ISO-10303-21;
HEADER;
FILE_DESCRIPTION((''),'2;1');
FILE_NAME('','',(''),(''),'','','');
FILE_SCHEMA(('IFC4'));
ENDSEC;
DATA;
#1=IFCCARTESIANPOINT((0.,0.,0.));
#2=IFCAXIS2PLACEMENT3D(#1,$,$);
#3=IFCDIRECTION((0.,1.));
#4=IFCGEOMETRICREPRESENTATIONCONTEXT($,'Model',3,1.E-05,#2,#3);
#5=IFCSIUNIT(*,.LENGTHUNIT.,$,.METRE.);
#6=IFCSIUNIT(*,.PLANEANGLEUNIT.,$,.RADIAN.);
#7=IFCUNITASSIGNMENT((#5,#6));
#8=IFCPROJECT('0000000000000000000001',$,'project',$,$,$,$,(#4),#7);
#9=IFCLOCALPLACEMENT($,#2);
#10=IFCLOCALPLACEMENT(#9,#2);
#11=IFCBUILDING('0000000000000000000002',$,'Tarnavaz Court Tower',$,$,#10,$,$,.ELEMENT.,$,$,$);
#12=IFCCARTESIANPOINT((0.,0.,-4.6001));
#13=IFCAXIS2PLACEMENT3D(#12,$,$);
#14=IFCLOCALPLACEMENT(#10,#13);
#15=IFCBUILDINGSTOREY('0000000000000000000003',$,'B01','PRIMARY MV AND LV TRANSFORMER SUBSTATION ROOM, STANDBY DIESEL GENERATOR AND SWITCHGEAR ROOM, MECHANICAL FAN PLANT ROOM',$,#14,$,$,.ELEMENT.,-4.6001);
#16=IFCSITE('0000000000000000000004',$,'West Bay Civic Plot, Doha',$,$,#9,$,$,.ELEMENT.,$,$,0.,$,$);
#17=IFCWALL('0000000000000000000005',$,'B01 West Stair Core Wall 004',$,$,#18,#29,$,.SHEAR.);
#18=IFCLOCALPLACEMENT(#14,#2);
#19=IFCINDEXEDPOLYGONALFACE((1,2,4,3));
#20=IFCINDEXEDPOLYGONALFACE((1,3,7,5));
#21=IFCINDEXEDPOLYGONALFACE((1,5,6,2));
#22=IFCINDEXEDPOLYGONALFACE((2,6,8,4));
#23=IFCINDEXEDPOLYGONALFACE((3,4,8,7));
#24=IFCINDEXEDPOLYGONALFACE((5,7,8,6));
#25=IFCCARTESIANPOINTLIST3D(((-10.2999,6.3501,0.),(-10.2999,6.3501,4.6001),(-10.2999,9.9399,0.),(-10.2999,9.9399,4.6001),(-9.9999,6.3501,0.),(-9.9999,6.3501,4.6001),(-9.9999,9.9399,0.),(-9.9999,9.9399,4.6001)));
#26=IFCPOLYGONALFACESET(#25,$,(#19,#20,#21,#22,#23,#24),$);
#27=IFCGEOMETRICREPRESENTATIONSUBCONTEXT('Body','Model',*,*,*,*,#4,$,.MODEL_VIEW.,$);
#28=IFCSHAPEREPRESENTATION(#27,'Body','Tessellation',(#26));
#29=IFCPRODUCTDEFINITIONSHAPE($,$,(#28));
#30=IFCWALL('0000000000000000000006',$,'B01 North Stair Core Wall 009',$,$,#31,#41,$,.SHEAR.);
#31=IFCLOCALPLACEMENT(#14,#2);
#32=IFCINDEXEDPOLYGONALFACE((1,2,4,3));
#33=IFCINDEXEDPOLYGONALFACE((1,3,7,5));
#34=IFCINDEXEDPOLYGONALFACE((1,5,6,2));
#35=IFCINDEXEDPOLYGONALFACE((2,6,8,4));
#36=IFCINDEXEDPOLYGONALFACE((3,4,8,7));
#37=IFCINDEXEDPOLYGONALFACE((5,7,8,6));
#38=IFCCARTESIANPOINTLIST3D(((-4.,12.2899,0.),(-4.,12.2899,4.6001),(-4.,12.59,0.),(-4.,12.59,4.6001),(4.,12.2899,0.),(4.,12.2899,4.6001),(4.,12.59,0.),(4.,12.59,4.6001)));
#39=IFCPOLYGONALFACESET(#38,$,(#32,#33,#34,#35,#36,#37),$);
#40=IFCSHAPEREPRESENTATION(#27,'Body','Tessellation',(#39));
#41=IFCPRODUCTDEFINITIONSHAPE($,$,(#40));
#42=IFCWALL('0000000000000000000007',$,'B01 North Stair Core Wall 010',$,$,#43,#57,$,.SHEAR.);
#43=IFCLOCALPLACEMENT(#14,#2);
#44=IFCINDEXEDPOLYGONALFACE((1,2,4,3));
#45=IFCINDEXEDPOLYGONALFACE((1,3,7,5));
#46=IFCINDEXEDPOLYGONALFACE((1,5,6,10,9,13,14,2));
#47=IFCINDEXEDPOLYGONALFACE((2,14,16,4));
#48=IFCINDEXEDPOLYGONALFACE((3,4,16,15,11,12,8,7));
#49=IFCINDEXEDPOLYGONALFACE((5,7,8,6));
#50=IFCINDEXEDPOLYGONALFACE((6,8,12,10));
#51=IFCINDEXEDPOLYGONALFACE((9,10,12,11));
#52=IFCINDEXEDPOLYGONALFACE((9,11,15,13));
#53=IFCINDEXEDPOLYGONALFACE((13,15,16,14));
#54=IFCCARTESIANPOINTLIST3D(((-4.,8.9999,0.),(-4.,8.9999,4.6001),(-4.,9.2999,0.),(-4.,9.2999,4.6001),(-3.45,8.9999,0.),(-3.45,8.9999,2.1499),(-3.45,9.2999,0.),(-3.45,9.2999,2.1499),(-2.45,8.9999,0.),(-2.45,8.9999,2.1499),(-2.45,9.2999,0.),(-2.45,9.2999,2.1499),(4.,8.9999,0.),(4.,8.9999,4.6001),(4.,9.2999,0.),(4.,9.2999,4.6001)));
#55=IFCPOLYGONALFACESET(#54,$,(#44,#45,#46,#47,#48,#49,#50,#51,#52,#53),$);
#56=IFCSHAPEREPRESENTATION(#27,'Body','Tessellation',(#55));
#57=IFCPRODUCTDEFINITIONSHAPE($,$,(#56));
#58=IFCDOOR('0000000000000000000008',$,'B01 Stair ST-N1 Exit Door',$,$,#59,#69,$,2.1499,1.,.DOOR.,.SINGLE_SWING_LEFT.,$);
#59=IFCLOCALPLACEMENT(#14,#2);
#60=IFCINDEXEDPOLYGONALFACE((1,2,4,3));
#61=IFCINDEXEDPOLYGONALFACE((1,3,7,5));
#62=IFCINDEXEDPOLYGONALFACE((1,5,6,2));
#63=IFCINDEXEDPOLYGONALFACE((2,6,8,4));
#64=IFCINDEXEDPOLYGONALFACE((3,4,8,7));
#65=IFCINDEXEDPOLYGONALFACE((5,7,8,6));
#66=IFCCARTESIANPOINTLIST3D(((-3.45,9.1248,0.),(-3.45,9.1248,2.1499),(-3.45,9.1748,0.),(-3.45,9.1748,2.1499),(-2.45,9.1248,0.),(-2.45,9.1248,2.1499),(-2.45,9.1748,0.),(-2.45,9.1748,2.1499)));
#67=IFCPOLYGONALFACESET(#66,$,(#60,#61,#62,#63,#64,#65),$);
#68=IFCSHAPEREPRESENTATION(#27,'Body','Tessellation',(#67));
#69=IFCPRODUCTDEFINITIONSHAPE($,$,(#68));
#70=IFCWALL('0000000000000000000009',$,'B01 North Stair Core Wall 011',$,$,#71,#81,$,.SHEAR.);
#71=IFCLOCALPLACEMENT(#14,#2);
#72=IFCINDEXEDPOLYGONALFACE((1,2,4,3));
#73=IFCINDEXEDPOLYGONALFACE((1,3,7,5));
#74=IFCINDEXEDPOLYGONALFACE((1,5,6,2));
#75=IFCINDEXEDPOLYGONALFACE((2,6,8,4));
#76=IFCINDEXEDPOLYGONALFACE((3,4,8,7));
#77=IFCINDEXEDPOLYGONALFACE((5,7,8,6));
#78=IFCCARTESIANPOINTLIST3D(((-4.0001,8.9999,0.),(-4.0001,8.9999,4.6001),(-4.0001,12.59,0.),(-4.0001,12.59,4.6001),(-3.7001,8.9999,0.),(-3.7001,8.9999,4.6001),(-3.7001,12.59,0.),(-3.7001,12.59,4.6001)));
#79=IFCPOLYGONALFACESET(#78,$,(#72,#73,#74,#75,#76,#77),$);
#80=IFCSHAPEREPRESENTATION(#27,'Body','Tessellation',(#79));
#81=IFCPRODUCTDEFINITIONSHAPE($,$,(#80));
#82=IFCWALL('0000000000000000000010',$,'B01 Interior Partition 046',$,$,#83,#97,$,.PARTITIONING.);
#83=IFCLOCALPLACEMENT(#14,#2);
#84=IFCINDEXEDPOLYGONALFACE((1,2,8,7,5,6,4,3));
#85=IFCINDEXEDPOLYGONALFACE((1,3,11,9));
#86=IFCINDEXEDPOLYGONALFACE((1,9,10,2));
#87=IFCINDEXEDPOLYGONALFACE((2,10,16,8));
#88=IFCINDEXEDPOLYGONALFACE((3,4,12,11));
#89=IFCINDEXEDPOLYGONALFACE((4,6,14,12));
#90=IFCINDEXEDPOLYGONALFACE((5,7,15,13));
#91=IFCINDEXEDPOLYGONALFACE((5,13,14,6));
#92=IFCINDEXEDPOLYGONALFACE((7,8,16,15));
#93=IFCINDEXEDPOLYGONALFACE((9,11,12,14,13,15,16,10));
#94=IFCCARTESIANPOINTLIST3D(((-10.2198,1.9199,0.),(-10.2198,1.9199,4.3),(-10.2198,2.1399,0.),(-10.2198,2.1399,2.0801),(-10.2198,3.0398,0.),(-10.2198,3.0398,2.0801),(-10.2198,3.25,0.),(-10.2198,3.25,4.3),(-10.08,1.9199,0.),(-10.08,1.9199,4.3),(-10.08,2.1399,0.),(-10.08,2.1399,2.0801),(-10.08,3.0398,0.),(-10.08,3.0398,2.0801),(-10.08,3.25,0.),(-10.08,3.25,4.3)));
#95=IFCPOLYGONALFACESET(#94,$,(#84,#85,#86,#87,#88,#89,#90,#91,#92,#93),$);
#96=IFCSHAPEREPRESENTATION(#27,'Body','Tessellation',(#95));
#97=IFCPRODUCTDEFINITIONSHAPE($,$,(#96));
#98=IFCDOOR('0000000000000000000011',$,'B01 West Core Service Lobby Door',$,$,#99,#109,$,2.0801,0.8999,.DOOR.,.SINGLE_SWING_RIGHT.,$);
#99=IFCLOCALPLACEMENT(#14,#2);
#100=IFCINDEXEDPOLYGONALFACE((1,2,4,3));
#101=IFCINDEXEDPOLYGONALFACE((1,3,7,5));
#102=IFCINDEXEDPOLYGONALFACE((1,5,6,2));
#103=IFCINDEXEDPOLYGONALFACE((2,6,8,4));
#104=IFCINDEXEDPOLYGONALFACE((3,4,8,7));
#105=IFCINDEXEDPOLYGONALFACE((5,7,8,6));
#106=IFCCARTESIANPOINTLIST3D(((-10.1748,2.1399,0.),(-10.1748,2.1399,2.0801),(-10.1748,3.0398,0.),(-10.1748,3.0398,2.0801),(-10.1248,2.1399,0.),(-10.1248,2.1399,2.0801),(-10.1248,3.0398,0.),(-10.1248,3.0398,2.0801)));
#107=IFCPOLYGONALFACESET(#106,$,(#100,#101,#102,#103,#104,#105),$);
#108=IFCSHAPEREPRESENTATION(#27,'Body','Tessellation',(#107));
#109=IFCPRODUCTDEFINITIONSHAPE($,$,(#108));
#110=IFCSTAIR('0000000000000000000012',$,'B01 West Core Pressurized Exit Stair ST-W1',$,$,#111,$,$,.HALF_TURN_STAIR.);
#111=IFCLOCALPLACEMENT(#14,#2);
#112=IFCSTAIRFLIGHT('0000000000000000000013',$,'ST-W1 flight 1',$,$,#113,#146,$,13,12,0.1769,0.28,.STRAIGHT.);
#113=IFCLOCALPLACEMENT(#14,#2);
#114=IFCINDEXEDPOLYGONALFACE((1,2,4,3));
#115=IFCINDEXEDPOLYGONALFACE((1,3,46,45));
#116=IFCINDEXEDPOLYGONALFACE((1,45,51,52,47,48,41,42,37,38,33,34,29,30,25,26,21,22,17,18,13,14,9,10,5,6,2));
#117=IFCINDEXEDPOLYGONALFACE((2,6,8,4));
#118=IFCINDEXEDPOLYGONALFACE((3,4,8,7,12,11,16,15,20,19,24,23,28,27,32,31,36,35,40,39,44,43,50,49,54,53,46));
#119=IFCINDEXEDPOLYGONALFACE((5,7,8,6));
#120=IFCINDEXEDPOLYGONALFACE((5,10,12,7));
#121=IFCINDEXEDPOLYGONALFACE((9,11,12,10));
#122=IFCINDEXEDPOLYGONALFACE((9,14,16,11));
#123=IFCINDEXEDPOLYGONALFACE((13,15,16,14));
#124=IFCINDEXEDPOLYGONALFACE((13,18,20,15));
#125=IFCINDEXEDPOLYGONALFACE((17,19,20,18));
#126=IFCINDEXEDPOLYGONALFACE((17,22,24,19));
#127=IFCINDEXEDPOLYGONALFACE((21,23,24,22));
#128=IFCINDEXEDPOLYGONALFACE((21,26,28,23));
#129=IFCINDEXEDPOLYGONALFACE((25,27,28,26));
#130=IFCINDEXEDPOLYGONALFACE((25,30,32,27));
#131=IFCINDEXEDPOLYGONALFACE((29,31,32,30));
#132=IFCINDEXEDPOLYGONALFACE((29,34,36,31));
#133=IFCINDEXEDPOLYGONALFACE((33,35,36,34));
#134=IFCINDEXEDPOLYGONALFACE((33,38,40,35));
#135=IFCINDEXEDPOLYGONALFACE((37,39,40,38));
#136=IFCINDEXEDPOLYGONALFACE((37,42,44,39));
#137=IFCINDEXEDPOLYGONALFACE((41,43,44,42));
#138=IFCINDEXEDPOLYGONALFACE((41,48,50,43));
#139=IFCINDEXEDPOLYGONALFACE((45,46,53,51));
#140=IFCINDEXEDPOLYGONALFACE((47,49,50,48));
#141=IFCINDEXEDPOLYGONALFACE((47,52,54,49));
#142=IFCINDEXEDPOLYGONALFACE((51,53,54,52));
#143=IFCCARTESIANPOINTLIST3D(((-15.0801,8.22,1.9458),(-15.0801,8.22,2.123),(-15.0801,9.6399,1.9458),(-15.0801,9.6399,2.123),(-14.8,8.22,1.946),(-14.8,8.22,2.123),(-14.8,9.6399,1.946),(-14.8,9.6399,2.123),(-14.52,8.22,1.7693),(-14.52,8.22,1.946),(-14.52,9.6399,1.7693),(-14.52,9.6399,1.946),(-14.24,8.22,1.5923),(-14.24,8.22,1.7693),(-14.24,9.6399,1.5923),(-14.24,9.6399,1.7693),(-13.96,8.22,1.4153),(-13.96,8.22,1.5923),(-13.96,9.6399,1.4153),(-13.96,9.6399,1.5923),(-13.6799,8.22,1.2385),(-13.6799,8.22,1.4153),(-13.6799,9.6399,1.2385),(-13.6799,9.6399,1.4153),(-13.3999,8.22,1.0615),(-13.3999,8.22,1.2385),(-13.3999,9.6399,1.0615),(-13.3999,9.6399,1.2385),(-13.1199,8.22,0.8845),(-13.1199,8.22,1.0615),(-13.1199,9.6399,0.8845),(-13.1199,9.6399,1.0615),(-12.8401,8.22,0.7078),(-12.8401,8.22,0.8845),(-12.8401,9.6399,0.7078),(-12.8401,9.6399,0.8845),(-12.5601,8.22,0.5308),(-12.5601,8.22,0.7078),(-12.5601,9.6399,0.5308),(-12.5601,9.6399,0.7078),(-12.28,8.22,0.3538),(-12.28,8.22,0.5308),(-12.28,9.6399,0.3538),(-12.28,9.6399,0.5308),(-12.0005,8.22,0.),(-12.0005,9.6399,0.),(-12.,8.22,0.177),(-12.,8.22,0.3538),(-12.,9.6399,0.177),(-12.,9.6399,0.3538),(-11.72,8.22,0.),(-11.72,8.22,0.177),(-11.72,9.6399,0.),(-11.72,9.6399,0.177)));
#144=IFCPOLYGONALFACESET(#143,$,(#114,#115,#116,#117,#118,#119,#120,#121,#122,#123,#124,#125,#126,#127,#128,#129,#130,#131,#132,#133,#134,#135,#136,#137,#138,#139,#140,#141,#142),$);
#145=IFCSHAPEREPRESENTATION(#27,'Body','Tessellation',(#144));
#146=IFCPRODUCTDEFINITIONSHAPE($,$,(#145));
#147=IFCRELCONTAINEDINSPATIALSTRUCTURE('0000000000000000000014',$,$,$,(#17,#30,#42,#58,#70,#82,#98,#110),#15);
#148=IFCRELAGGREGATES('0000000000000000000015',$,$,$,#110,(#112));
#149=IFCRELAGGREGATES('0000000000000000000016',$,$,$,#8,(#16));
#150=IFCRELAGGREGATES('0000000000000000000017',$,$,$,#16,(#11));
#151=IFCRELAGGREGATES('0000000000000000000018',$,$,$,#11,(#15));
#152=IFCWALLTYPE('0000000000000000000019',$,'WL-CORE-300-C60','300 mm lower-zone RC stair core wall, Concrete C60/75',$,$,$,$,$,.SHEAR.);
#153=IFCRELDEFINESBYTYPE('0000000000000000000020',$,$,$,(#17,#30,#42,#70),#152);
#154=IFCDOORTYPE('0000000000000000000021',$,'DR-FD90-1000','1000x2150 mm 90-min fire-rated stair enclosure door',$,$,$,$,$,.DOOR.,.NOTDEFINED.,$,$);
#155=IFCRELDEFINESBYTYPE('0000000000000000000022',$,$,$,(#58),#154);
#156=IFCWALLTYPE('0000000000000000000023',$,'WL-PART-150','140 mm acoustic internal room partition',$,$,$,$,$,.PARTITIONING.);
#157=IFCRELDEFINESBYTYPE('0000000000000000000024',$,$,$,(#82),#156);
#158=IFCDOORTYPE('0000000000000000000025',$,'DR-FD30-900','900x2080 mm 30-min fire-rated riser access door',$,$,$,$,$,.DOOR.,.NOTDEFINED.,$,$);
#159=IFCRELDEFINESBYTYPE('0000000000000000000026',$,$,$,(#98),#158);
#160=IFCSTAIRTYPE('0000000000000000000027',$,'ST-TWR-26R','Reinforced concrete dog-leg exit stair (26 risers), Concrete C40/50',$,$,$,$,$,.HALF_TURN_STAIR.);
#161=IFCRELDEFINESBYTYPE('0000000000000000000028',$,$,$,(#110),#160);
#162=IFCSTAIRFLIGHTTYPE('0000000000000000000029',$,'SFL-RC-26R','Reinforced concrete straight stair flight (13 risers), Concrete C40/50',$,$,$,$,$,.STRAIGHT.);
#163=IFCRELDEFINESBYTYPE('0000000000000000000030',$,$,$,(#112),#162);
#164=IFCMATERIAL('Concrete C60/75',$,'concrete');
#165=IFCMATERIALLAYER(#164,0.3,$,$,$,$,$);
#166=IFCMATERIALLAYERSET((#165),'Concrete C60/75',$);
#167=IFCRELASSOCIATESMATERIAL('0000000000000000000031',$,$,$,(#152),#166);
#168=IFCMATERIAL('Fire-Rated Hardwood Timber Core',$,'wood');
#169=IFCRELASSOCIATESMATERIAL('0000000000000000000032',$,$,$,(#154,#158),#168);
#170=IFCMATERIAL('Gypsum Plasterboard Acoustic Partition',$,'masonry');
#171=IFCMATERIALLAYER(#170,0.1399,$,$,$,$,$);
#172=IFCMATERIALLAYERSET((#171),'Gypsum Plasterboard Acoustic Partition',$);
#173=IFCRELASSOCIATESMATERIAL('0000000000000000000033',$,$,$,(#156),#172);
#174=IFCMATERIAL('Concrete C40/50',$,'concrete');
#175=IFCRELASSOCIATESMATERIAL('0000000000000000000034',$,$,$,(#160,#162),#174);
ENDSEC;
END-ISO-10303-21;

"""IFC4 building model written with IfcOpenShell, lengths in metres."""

from ifc_helpers import new_model, si_unit, direction, frame, frame_2d, origin, place, context, subcontext, project, spatial, polyline, rectangle, outline, extrude, material, layer, layer_set, type_object, element, fill, aggregate, save


model = new_model("IFC4")

# Units and contexts
model_context = context("Model", 3, precision=1e-05, world=origin(), true_north=direction((0.0, 1.0)))
body_context = subcontext(model_context, "Body", "Model", "MODEL_VIEW")
ifc_project = project(units=[si_unit("LENGTHUNIT", "METRE"), si_unit("PLANEANGLEUNIT", "RADIAN")], contexts=[model_context])

# Site, building, storey
site_placement = place(None, origin())
site = spatial("IfcSite", under=ifc_project, at=site_placement, Name="West Bay Civic Plot, Doha", CompositionType="ELEMENT", RefElevation=0.0)
building_placement = place(site_placement, origin())
building = spatial("IfcBuilding", under=site, at=building_placement, Name="Tarnavaz Court Tower", CompositionType="ELEMENT")
storey_placement = place(building_placement, frame((0.0, 0.0, -4.6001)))
storey = spatial("IfcBuildingStorey", under=building, at=storey_placement, Name="B01", Description="PRIMARY MV AND LV TRANSFORMER SUBSTATION ROOM, STANDBY DIESEL GENERATOR AND SWITCHGEAR ROOM, MECHANICAL FAN PLANT ROOM", CompositionType="ELEMENT", Elevation=-4.6001)

# Shared definitions
ifc_material_1 = material(Name="Concrete C60/75", Category="concrete")

# Walls
ifc_layer_1 = layer(ifc_material_1, 0.3)
ifc_layer_set_1 = layer_set([ifc_layer_1], Name="Concrete C60/75")
wall_type_1 = type_object("IfcWallType", Name="WL-CORE-300-C60", Description="300 mm lower-zone RC stair core wall, Concrete C60/75", PredefinedType="SHEAR", material=ifc_layer_set_1)
wall_1_placement = place(storey_placement, frame((-10.1499, 6.3501, 0.0), z_axis=(0.0, 0.0, 1.0), x_axis=(0.0, 1.0, 0.0)))
element("IfcWall", 1, at=wall_1_placement, inside=storey, type_object=wall_type_1, Name="B01 West Stair Core Wall 004", PredefinedType="SHEAR", context=body_context, shape_type="SweptSolid", body=[
    extrude(rectangle(XDim=3.5898, YDim=0.3, at=frame_2d((1.7949, 0.0))), origin(), (0.0, 0.0, 1.0), 4.6001),
])
wall_2_placement = place(storey_placement, frame((-4.0, 12.4399, 0.0), z_axis=(0.0, 0.0, 1.0), x_axis=(1.0, 0.0, 0.0)))
element("IfcWall", 2, at=wall_2_placement, inside=storey, type_object=wall_type_1, Name="B01 North Stair Core Wall 009", PredefinedType="SHEAR", context=body_context, shape_type="SweptSolid", body=[
    extrude(rectangle(XDim=8.0, YDim=0.3, at=frame_2d((4.0, 0.0))), origin(), (0.0, 0.0, 1.0), 4.6001),
])

# Wall, opening, door
wall_3_placement = place(storey_placement, frame((-4.0, 9.1499, 0.0), z_axis=(0.0, 0.0, 1.0), x_axis=(1.0, 0.0, 0.0)))
wall_3 = element("IfcWall", 3, at=wall_3_placement, inside=storey, type_object=wall_type_1, Name="B01 North Stair Core Wall 010", PredefinedType="SHEAR", context=body_context, shape_type="SweptSolid", body=[
    extrude(rectangle(XDim=8.0, YDim=0.3, at=frame_2d((4.0, 0.0))), origin(), (0.0, 0.0, 1.0), 4.6001),
])
opening_1_placement = place(wall_3_placement, frame((0.55, 0.0, 0.0)))
opening_1 = element("IfcOpeningElement", 4, at=opening_1_placement, cuts=wall_3, PredefinedType="OPENING", context=body_context, shape_type="SweptSolid", body=[
    extrude(rectangle(XDim=1.0, YDim=2.1499, at=frame_2d((0.5, 1.075))), frame((0.0, 0.1599, 0.0), z_axis=(0.0, -1.0, 0.0), x_axis=(1.0, 0.0, 0.0)), (0.0, 0.0, 1.0), 0.3201),
])
ifc_material_2 = material(Name="Fire-Rated Hardwood Timber Core", Category="wood")
door_type_1 = type_object("IfcDoorType", Name="DR-FD90-1000", Description="1000x2150 mm 90-min fire-rated stair enclosure door", OperationType="NOTDEFINED", PredefinedType="DOOR", material=ifc_material_2)
door_1_placement = place(opening_1_placement, origin())
door_1 = element("IfcDoor", 5, at=door_1_placement, inside=storey, type_object=door_type_1, Name="B01 Stair ST-N1 Exit Door", OperationType="SINGLE_SWING_LEFT", OverallHeight=2.1499, OverallWidth=1.0, PredefinedType="DOOR", context=body_context, shape_type="SweptSolid", body=[
    extrude(rectangle(XDim=1.0, YDim=2.1499, at=frame_2d((0.5, 1.075))), frame((0.0, 0.0249, 0.0), z_axis=(0.0, -1.0, 0.0), x_axis=(1.0, 0.0, 0.0)), (0.0, 0.0, 1.0), 0.05),
])
fill(opening_1, door_1)

# Wall
wall_4_placement = place(storey_placement, frame((-3.8501, 9.0, 0.0), z_axis=(0.0, 0.0, 1.0), x_axis=(0.0, 1.0, 0.0)))
element("IfcWall", 6, at=wall_4_placement, inside=storey, type_object=wall_type_1, Name="B01 North Stair Core Wall 011", PredefinedType="SHEAR", context=body_context, shape_type="SweptSolid", body=[
    extrude(rectangle(XDim=3.5901, YDim=0.3, at=frame_2d((1.7949, 0.0))), origin(), (0.0, 0.0, 1.0), 4.6001),
])

# Wall, opening, door
ifc_material_3 = material(Name="Gypsum Plasterboard Acoustic Partition", Category="masonry")
ifc_layer_2 = layer(ifc_material_3, 0.1399)
ifc_layer_set_2 = layer_set([ifc_layer_2], Name="Gypsum Plasterboard Acoustic Partition")
wall_type_2 = type_object("IfcWallType", Name="WL-PART-150", Description="140 mm acoustic internal room partition", PredefinedType="PARTITIONING", material=ifc_layer_set_2)
wall_5_placement = place(storey_placement, frame((-10.1499, 1.9199, 0.0), z_axis=(0.0, 0.0, 1.0), x_axis=(0.0, 1.0, 0.0)))
wall_5 = element("IfcWall", 7, at=wall_5_placement, inside=storey, type_object=wall_type_2, Name="B01 Interior Partition 046", PredefinedType="PARTITIONING", context=body_context, shape_type="SweptSolid", body=[
    extrude(rectangle(XDim=1.3301, YDim=0.1399, at=frame_2d((0.665, 0.0))), origin(), (0.0, 0.0, 1.0), 4.3),
])
opening_2_placement = place(wall_5_placement, frame((0.22, 0.0, 0.0)))
opening_2 = element("IfcOpeningElement", 8, at=opening_2_placement, cuts=wall_5, PredefinedType="OPENING", context=body_context, shape_type="SweptSolid", body=[
    extrude(rectangle(XDim=0.8999, YDim=2.0801, at=frame_2d((0.45, 1.04))), frame((0.0, 0.0798, 0.0), z_axis=(0.0, -1.0, 0.0), x_axis=(1.0, 0.0, 0.0)), (0.0, 0.0, 1.0), 0.1599),
])
door_type_2 = type_object("IfcDoorType", Name="DR-FD30-900", Description="900x2080 mm 30-min fire-rated riser access door", OperationType="NOTDEFINED", PredefinedType="DOOR", material=ifc_material_2)
door_2_placement = place(opening_2_placement, origin())
door_2 = element("IfcDoor", 9, at=door_2_placement, inside=storey, type_object=door_type_2, Name="B01 West Core Service Lobby Door", OperationType="SINGLE_SWING_RIGHT", OverallHeight=2.0801, OverallWidth=0.8999, PredefinedType="DOOR", context=body_context, shape_type="SweptSolid", body=[
    extrude(rectangle(XDim=0.8999, YDim=2.0801, at=frame_2d((0.45, 1.04))), frame((0.0, 0.0249, 0.0), z_axis=(0.0, -1.0, 0.0), x_axis=(1.0, 0.0, 0.0)), (0.0, 0.0, 1.0), 0.05),
])
fill(opening_2, door_2)

# Stair, stair flight
ifc_material_4 = material(Name="Concrete C40/50", Category="concrete")
stair_type = type_object("IfcStairType", Name="ST-TWR-26R", Description="Reinforced concrete dog-leg exit stair (26 risers), Concrete C40/50", PredefinedType="HALF_TURN_STAIR", material=ifc_material_4)
stair_1_placement = place(storey_placement, origin())
stair_1 = element("IfcStair", 10, at=stair_1_placement, inside=storey, type_object=stair_type, Name="B01 West Core Pressurized Exit Stair ST-W1", PredefinedType="HALF_TURN_STAIR")
stair_flight_type = type_object("IfcStairFlightType", Name="SFL-RC-26R", Description="Reinforced concrete straight stair flight (13 risers), Concrete C40/50", PredefinedType="STRAIGHT", material=ifc_material_4)
stair_flight_1_placement = place(storey_placement, frame((-11.72, 8.9299, 0.0), z_axis=(0.0, 0.0, 1.0), x_axis=(-1.0, 0.0, 0.0)))
stair_flight_1 = element("IfcStairFlight", 11, at=stair_flight_1_placement, type_object=stair_flight_type, Name="ST-W1 flight 1", NumberOfRisers=13, NumberOfTreads=12, PredefinedType="STRAIGHT", RiserHeight=0.1769, TreadLength=0.28, context=body_context, shape_type="SweptSolid", body=[
    extrude(outline(polyline([(0.0, 0.0), (0.0, 0.177), (0.28, 0.177), (0.28, 0.3538), (0.5601, 0.3538), (0.5601, 0.5308), (0.8401, 0.5308), (0.8401, 0.7078), (1.1201, 0.7078), (1.1201, 0.8845), (1.3999, 0.8845), (1.3999, 1.0615), (1.6799, 1.0615), (1.6799, 1.2385), (1.96, 1.2385), (1.96, 1.4153), (2.24, 1.4153), (2.24, 1.5923), (2.52, 1.5923), (2.52, 1.7693), (2.8, 1.7693), (2.8, 1.946), (3.0801, 1.946), (3.0801, 2.123), (3.3601, 2.123), (3.3601, 2.3), (3.3601, 1.9458), (0.2805, 0.0), (0.0, 0.0)])), frame((0.0, 0.71, 0.0), z_axis=(0.0, -1.0, 0.0), x_axis=(1.0, 0.0, 0.0)), (0.0, 0.0, 1.0), 1.4199),
])
aggregate(stair_1, [stair_flight_1])

save(model, "model.ifc")
